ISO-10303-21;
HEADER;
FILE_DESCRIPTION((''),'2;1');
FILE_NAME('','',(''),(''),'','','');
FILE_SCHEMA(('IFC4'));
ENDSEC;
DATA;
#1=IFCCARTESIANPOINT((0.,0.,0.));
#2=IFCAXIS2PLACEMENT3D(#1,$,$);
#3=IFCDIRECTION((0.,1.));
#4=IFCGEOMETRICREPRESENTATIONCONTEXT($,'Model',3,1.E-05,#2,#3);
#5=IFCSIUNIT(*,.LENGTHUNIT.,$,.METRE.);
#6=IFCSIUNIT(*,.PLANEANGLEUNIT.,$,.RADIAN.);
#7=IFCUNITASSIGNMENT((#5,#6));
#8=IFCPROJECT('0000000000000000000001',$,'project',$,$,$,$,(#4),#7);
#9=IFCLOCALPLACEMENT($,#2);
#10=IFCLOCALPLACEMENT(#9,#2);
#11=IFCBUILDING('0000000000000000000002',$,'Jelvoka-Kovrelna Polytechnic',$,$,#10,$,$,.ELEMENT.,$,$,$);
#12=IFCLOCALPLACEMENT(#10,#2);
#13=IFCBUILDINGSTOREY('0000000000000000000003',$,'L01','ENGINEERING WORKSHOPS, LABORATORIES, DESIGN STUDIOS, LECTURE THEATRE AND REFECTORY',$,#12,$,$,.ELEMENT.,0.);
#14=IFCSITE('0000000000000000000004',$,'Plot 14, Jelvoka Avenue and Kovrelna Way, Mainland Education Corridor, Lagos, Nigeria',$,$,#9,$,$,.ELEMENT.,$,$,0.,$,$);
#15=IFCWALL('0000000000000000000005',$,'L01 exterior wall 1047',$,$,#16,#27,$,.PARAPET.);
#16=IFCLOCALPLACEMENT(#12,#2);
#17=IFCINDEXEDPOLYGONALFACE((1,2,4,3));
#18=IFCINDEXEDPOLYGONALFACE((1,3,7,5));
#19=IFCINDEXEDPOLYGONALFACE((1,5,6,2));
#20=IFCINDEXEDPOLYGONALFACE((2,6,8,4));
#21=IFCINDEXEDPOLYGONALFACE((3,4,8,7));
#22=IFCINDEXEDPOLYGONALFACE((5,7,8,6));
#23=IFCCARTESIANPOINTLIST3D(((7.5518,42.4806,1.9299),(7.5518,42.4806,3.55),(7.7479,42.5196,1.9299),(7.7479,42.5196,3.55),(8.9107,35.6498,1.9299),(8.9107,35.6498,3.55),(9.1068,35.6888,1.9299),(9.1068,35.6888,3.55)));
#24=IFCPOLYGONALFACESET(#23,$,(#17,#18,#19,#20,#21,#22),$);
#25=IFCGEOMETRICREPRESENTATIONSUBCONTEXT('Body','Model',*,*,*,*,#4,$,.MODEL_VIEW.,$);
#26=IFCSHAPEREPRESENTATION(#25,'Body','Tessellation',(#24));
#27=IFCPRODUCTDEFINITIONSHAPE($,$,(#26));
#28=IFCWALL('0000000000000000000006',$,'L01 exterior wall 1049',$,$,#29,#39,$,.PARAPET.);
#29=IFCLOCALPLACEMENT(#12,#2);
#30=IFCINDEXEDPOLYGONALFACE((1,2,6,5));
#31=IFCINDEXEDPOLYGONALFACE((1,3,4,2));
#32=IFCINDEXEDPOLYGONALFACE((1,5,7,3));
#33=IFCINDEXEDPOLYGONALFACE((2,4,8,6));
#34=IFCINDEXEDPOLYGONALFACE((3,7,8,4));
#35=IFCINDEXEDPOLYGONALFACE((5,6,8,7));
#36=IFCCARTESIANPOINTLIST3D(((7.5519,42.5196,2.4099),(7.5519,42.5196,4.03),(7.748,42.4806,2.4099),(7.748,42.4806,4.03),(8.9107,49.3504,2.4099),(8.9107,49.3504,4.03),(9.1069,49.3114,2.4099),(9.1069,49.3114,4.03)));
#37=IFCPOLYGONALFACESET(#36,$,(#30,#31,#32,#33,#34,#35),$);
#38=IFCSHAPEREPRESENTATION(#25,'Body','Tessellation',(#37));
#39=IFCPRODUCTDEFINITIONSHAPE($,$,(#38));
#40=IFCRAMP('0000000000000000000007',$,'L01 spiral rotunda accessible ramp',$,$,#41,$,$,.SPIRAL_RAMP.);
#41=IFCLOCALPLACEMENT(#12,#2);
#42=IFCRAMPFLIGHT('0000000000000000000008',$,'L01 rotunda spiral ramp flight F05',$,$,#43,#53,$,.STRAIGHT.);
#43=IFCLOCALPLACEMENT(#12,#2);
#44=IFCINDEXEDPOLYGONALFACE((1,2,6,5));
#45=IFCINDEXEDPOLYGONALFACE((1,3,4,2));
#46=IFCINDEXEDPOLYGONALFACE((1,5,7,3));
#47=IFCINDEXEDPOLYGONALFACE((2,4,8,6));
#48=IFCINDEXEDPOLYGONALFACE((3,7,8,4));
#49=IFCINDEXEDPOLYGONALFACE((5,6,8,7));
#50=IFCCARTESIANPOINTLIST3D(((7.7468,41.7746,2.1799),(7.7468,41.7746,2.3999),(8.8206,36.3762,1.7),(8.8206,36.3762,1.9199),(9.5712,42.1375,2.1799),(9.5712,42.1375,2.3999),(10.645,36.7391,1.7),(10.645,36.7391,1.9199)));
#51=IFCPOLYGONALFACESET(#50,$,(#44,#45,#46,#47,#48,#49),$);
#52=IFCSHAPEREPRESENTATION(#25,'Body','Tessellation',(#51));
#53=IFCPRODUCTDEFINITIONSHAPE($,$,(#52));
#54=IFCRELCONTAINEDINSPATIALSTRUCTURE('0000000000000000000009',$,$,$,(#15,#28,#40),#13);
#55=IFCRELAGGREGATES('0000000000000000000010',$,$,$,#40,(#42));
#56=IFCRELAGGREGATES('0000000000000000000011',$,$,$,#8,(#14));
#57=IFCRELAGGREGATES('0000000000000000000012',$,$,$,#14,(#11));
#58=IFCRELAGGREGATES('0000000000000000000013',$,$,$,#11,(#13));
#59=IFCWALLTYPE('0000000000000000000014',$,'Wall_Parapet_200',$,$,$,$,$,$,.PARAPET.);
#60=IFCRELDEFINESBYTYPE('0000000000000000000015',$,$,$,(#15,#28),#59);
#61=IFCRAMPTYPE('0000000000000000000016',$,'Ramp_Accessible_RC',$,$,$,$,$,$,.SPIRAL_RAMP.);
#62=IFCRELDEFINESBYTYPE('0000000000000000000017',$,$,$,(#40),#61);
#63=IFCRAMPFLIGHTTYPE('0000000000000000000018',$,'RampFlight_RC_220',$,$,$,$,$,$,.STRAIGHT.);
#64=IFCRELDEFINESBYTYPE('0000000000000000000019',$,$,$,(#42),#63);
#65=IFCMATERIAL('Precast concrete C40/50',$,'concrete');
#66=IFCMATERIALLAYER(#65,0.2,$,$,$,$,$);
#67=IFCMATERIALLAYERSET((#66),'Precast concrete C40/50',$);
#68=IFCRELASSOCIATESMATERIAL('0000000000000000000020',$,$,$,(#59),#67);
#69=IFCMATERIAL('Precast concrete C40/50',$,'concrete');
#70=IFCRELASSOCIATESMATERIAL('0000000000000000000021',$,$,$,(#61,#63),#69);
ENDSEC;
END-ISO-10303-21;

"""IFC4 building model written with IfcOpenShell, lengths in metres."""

from ifc_helpers import new_model, si_unit, direction, frame, frame_2d, origin, place, context, subcontext, project, spatial, polyline, rectangle, outline, extrude, material, layer, layer_set, type_object, element, aggregate, save


model = new_model("IFC4")

# Units and contexts
model_context = context("Model", 3, precision=1e-05, world=origin(), true_north=direction((0.0, 1.0)))
body_context = subcontext(model_context, "Body", "Model", "MODEL_VIEW")
ifc_project = project(units=[si_unit("LENGTHUNIT", "METRE"), si_unit("PLANEANGLEUNIT", "RADIAN")], contexts=[model_context])

# Site, building, storey
site_placement = place(None, origin())
site = spatial("IfcSite", under=ifc_project, at=site_placement, Name="Plot 14, Jelvoka Avenue and Kovrelna Way, Mainland Education Corridor, Lagos, Nigeria", CompositionType="ELEMENT", RefElevation=0.0)
building_placement = place(site_placement, origin())
building = spatial("IfcBuilding", under=site, at=building_placement, Name="Jelvoka-Kovrelna Polytechnic", CompositionType="ELEMENT")
storey_placement = place(building_placement, origin())
storey = spatial("IfcBuildingStorey", under=building, at=storey_placement, Name="L01", Description="ENGINEERING WORKSHOPS, LABORATORIES, DESIGN STUDIOS, LECTURE THEATRE AND REFECTORY", CompositionType="ELEMENT", Elevation=0.0)

# Walls
ifc_material_1 = material(Name="Precast concrete C40/50", Category="concrete")
ifc_layer_1 = layer(ifc_material_1, 0.2)
ifc_layer_set_1 = layer_set([ifc_layer_1], Name="Precast concrete C40/50")
wall_type_1 = type_object("IfcWallType", Name="Wall_Parapet_200", PredefinedType="PARAPET", material=ifc_layer_set_1)
for number, where, z_axis, x_axis, name in (
    (1, (9.0088, 35.6692, 1.9299), (0.0, 0.0, 1.0), (-0.195112, 0.980781, 0.0), "L01 exterior wall 1047"),
    (2, (7.6499, 42.5, 2.4099), (0.0, 0.0, 1.0), (0.195112, 0.980781, 0.0), "L01 exterior wall 1049"),
):
    element("IfcWall", number, at=place(storey_placement, frame(where, z_axis=z_axis, x_axis=x_axis)), inside=storey, type_object=wall_type_1, Name=name, PredefinedType="PARAPET", context=body_context, shape_type="SweptSolid", body=[
        extrude(rectangle(XDim=6.9646, YDim=0.2, at=frame_2d((3.4824, 0.0))), origin(), (0.0, 0.0, 1.0), 1.6201),
    ])

# Ramp, ramp flight
ifc_material_2 = material(Name="Precast concrete C40/50", Category="concrete")
ramp_type = type_object("IfcRampType", Name="Ramp_Accessible_RC", PredefinedType="SPIRAL_RAMP", material=ifc_material_2)
ramp_placement = place(storey_placement, origin())
ramp = element("IfcRamp", 3, at=ramp_placement, inside=storey, type_object=ramp_type, Name="L01 spiral rotunda accessible ramp", PredefinedType="SPIRAL_RAMP")
ramp_flight_type = type_object("IfcRampFlightType", Name="RampFlight_RC_220", PredefinedType="STRAIGHT", material=ifc_material_2)
ramp_flight_placement = place(None, frame((9.7327, 36.5576, 1.9199), z_axis=(0.0, 0.0, 1.0), x_axis=(-0.195092, 0.980785, 0.0)))
ramp_flight = element("IfcRampFlight", 4, at=ramp_flight_placement, type_object=ramp_flight_type, Name="L01 rotunda spiral ramp flight F05", PredefinedType="STRAIGHT", context=body_context, shape_type="SweptSolid", body=[
    extrude(outline(polyline([(0.0, 0.0), (5.5042, 0.48), (5.5042, 0.26), (0.0, -0.22), (0.0, 0.0)])), frame((0.0, 0.9299, 0.0), z_axis=(0.0, -1.0, 0.0), x_axis=(1.0, 0.0, 0.0)), (0.0, 0.0, 1.0), 1.8601),
])
aggregate(ramp, [ramp_flight])

save(model, "model.ifc")
